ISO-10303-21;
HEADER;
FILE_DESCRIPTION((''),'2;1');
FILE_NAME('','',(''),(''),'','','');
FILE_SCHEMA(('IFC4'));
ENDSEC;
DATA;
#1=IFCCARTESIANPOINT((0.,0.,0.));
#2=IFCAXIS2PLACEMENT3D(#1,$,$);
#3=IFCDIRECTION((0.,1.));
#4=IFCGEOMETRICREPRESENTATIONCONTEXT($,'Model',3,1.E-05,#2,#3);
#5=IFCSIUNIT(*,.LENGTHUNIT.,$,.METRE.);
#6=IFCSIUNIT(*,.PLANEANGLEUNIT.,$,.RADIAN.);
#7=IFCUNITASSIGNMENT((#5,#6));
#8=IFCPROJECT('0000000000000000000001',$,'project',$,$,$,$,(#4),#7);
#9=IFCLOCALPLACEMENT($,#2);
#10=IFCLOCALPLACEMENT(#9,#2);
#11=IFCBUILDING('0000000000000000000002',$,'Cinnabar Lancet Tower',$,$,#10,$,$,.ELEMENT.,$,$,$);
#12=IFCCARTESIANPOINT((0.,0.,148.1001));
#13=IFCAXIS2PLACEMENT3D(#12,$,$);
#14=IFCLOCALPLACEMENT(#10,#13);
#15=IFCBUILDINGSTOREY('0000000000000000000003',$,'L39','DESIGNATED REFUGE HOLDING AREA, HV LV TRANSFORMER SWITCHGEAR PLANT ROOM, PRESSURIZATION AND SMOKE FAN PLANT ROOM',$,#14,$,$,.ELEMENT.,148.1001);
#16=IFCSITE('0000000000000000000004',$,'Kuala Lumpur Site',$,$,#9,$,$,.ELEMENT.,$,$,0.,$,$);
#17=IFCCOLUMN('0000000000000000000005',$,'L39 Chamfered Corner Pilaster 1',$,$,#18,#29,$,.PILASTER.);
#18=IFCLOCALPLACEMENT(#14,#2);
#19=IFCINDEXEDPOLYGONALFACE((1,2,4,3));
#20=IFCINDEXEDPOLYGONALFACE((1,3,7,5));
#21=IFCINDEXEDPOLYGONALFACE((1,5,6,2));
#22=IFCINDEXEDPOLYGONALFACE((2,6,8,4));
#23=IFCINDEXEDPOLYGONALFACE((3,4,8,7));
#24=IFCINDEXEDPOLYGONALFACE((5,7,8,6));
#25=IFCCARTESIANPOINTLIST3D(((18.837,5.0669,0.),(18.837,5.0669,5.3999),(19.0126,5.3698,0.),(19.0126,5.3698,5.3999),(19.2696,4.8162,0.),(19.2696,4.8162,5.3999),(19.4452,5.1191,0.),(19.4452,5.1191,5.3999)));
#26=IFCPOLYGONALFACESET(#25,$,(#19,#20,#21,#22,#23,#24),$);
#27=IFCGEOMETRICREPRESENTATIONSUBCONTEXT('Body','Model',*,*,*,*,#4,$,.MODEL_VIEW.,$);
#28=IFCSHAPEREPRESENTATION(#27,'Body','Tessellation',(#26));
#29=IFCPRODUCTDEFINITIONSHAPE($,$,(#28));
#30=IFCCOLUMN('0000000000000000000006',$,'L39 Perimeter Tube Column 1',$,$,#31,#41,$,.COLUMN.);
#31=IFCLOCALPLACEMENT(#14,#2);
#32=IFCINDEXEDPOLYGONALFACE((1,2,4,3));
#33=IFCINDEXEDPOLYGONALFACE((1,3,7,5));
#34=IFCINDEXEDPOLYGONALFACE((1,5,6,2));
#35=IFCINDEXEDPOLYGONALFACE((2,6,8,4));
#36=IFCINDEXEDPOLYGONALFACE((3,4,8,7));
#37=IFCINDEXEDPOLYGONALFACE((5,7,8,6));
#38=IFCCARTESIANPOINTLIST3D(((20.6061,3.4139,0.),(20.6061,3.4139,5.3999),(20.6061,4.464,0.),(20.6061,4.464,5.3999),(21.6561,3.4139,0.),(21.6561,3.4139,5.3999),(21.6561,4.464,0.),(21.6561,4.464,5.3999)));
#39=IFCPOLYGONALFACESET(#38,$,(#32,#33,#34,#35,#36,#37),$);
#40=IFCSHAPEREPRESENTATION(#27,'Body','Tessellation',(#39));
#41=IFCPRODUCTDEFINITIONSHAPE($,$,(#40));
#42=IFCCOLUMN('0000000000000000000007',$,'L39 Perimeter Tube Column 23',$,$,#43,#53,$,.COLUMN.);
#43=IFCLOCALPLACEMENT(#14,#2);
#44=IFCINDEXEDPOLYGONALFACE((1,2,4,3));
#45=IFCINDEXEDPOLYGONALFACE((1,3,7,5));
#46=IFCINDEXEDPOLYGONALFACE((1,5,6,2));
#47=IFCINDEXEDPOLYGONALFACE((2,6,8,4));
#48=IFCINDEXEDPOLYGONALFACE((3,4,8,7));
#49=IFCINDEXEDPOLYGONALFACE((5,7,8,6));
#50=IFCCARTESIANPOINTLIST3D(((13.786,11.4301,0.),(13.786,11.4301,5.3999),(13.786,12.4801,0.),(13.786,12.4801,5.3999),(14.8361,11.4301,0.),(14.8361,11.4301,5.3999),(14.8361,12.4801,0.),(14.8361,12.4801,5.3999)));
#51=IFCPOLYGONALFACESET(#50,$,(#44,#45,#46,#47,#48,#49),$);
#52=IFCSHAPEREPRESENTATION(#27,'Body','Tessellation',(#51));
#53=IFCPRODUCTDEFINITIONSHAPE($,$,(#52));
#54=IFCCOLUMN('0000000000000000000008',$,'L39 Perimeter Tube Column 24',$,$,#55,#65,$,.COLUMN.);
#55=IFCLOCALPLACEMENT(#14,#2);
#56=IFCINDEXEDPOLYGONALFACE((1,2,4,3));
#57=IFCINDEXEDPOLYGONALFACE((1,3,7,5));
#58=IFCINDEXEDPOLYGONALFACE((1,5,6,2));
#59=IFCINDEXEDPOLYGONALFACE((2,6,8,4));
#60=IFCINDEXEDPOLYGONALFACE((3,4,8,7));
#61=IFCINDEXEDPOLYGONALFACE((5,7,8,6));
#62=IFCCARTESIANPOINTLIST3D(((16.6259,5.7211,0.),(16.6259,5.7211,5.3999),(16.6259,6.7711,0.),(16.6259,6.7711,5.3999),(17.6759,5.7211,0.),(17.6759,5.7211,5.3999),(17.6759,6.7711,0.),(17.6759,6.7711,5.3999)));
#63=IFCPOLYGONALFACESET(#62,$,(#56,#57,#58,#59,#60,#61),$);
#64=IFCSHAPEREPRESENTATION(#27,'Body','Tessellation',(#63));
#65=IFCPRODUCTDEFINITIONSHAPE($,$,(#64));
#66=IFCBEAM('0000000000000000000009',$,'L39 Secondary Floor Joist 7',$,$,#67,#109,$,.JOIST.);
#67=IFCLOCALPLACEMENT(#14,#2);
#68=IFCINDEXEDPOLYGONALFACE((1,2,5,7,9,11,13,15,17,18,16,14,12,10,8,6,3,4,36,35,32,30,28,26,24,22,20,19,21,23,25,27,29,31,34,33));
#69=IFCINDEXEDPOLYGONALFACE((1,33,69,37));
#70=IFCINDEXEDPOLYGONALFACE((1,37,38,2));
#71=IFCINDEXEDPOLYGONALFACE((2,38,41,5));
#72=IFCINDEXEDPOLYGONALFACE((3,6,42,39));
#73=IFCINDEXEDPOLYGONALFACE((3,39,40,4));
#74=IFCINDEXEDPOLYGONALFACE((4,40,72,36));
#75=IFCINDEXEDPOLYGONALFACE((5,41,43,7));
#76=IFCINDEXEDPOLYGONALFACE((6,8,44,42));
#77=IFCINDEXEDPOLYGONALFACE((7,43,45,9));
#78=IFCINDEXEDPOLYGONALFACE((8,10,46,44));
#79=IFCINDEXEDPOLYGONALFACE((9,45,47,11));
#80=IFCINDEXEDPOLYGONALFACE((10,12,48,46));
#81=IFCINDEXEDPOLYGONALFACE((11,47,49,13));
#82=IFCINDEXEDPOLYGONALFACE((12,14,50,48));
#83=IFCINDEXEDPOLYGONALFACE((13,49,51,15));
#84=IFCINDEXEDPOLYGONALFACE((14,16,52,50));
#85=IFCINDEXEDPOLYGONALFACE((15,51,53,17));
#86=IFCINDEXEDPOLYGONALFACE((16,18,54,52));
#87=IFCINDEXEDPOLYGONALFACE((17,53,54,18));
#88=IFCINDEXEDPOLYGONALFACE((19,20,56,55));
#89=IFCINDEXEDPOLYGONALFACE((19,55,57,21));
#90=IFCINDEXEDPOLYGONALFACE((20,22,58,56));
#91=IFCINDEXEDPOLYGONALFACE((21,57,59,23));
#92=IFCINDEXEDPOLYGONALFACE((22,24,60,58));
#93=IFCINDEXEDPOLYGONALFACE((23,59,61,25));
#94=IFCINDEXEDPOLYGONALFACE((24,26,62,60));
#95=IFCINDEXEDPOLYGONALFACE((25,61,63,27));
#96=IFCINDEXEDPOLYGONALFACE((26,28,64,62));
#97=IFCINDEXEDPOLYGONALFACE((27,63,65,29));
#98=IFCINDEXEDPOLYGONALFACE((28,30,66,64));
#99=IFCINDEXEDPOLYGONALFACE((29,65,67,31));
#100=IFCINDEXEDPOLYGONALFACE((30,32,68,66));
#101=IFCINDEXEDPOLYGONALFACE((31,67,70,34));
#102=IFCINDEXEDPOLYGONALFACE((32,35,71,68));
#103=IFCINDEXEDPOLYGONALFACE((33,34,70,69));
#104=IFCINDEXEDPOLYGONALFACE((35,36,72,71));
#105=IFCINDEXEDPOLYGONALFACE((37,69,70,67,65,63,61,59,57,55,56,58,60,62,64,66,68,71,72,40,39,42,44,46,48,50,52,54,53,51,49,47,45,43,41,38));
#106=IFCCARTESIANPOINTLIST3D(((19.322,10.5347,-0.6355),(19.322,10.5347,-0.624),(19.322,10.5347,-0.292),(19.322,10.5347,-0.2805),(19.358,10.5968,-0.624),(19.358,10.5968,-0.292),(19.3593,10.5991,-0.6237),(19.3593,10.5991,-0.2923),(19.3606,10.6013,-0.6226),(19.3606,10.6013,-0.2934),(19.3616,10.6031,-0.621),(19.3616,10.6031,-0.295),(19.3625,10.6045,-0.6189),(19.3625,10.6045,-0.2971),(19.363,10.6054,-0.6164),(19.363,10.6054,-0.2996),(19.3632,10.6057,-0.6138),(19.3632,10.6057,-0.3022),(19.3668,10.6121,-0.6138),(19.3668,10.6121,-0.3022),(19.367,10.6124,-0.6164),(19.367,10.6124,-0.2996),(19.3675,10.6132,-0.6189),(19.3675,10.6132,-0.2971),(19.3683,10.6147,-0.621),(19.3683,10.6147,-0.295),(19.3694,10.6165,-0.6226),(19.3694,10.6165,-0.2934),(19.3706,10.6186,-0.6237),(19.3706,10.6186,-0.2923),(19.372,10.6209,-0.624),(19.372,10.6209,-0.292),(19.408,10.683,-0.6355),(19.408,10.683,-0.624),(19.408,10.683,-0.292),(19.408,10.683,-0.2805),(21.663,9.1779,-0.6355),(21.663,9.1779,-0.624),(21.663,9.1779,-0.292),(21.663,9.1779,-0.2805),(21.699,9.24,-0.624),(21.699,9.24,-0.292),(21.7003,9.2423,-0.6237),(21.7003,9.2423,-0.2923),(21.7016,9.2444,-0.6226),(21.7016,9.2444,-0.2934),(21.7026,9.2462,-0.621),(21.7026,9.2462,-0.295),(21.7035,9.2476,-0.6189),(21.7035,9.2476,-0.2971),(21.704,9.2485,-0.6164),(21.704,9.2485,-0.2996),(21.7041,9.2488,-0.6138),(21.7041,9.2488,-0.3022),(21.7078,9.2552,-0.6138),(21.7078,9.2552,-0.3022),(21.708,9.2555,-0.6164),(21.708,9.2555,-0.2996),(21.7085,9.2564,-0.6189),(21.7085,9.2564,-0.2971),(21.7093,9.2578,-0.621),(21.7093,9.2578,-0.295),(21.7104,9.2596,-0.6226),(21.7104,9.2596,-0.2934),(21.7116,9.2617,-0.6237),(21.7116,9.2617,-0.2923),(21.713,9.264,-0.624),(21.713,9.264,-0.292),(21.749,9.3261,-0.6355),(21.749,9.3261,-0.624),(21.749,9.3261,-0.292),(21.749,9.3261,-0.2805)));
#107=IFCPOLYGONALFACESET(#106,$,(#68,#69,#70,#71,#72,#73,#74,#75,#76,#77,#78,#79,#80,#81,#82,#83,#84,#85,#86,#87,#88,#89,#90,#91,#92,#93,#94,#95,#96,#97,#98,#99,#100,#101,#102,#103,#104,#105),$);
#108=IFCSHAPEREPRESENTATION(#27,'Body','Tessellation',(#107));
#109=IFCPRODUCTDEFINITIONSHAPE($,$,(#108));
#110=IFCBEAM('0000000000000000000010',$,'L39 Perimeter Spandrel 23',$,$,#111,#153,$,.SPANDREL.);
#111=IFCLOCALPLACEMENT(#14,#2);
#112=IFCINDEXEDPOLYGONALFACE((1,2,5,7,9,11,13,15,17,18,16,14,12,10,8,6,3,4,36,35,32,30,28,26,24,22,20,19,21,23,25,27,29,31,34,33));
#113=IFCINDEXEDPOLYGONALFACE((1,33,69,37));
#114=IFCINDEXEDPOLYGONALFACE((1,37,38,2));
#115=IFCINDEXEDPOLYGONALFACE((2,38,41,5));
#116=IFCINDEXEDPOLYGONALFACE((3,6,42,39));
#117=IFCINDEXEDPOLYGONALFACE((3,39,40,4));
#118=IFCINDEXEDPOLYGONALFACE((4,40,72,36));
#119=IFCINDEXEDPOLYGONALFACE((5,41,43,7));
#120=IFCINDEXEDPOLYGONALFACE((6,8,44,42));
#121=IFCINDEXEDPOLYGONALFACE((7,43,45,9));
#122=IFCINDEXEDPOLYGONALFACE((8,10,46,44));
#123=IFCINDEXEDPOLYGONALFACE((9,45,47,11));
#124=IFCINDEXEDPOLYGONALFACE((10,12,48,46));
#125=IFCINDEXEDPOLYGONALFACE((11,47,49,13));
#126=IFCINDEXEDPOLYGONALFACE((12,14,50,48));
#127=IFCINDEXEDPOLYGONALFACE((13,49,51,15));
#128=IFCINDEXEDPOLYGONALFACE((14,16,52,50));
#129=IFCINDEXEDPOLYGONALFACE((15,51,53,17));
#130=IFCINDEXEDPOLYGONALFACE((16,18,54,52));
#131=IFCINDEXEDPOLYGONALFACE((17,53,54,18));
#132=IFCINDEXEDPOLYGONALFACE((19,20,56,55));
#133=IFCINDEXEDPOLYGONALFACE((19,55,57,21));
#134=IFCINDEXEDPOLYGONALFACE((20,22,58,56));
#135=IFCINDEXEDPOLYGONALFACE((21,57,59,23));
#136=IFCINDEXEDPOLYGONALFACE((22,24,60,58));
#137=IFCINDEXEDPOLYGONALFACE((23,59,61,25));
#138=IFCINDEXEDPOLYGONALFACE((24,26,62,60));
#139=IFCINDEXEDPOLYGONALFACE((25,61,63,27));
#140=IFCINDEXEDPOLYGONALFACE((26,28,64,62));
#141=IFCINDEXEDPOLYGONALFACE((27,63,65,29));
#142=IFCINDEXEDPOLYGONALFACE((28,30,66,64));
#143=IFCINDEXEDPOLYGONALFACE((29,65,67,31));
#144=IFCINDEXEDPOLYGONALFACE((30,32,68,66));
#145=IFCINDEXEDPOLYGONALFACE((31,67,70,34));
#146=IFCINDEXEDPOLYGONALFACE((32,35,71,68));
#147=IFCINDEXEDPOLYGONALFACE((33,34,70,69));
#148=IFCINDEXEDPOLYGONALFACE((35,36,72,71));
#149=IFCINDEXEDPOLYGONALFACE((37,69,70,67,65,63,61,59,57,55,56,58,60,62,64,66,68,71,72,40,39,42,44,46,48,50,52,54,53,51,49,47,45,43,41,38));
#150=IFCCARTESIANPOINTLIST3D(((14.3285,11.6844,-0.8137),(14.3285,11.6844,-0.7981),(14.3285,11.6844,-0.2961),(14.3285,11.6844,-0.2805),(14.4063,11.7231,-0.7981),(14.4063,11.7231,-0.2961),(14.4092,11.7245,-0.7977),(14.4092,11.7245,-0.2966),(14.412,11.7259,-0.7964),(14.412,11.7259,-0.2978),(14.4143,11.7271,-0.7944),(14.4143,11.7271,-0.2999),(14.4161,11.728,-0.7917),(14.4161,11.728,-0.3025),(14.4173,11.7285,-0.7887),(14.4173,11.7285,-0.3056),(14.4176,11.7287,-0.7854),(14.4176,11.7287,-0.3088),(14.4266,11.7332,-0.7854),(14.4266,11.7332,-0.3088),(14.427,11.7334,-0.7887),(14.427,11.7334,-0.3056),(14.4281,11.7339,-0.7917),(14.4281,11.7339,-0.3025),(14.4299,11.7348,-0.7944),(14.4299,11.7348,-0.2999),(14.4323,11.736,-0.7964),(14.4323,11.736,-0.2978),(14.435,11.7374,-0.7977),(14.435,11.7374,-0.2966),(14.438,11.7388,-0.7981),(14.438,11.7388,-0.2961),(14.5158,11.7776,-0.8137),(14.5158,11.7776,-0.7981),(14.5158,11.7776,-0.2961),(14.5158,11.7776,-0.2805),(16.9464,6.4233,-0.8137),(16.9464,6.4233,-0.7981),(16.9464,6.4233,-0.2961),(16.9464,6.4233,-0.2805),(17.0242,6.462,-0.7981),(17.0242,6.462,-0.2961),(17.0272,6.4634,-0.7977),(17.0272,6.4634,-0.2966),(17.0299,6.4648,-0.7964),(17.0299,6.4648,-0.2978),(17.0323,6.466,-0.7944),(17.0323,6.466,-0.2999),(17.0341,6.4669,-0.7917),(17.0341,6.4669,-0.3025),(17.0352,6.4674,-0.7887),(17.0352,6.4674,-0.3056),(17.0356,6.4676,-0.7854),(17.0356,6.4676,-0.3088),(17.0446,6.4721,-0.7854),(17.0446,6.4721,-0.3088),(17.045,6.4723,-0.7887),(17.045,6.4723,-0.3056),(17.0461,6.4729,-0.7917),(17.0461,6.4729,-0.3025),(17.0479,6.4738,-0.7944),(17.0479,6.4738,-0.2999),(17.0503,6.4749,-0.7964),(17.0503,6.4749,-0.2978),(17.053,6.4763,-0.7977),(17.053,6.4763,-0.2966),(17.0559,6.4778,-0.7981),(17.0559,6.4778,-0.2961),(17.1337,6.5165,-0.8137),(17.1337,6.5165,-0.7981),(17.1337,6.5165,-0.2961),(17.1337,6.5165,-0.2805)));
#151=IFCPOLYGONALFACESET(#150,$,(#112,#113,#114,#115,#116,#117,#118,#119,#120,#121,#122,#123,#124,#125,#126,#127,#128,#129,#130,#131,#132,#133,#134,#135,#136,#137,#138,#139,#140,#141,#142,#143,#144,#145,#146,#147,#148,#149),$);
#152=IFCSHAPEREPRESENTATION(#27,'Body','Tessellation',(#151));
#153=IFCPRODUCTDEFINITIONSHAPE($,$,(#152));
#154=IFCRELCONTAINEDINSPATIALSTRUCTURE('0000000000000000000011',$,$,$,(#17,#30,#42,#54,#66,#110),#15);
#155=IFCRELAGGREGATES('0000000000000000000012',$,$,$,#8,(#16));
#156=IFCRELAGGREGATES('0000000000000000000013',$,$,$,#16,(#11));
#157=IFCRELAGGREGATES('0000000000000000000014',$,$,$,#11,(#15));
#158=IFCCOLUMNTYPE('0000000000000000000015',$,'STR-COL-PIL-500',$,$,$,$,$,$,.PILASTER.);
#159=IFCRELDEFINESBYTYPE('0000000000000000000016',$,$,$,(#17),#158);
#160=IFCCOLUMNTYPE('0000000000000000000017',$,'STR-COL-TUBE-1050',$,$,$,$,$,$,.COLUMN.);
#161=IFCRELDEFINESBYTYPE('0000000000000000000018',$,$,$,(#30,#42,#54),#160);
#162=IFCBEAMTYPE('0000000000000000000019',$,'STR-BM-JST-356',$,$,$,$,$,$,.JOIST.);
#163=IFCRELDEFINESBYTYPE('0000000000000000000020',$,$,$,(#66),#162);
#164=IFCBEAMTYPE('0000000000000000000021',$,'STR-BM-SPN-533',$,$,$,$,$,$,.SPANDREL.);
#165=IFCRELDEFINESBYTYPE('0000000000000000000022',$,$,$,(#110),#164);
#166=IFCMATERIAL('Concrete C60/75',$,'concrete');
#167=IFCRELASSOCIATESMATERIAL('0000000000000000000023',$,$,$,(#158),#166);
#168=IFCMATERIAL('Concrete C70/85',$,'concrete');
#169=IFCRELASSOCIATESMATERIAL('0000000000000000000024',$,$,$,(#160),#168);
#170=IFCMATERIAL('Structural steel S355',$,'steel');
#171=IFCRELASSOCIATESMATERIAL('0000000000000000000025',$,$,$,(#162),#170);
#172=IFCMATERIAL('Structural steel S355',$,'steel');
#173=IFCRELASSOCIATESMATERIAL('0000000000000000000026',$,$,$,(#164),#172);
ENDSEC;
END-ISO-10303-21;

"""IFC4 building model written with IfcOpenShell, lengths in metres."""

from ifc_helpers import new_model, si_unit, direction, frame, origin, origin_2d, place, context, subcontext, project, spatial, rectangle, i_section, extrude, material, material_profile, profile_set, type_object, element, save


model = new_model("IFC4")

# Units and contexts
model_context = context("Model", 3, precision=1e-05, world=origin(), true_north=direction((0.0, 1.0)))
body_context = subcontext(model_context, "Body", "Model", "MODEL_VIEW")
ifc_project = project(units=[si_unit("LENGTHUNIT", "METRE"), si_unit("PLANEANGLEUNIT", "RADIAN")], contexts=[model_context])

# Site, building, storey
site_placement = place(None, origin())
site = spatial("IfcSite", under=ifc_project, at=site_placement, Name="Kuala Lumpur Site", CompositionType="ELEMENT", RefElevation=0.0)
building_placement = place(site_placement, origin())
building = spatial("IfcBuilding", under=site, at=building_placement, Name="Cinnabar Lancet Tower", CompositionType="ELEMENT")
storey_placement = place(building_placement, frame((0.0, 0.0, 148.1001)))
storey = spatial("IfcBuildingStorey", under=building, at=storey_placement, Name="L39", Description="DESIGNATED REFUGE HOLDING AREA, HV LV TRANSFORMER SWITCHGEAR PLANT ROOM, PRESSURIZATION AND SMOKE FAN PLANT ROOM", CompositionType="ELEMENT", Elevation=148.1001)

# Columns
ifc_material_1 = material(Name="Concrete C60/75", Category="concrete")
ifc_material_profile_1 = material_profile(ifc_material_1, rectangle(XDim=0.5, YDim=0.3501, at=origin_2d()), Name="RC-PIL 500x350")
ifc_profile_set_1 = profile_set([ifc_material_profile_1], Name="Concrete C60/75")
column_type_1 = type_object("IfcColumnType", Name="STR-COL-PIL-500", PredefinedType="PILASTER", material=ifc_profile_set_1)
column_placement = place(storey_placement, frame((19.1411, 5.093, 0.0), z_axis=(0.0, 0.0, 1.0), x_axis=(0.86516, -0.501496, 0.0)))
element("IfcColumn", 1, at=column_placement, inside=storey, type_object=column_type_1, Name="L39 Chamfered Corner Pilaster 1", PredefinedType="PILASTER", context=body_context, shape_type="SweptSolid", body=[
    extrude(rectangle(XDim=0.5, YDim=0.3501, at=origin_2d()), origin(), (0.0, 0.0, 1.0), 5.3999),
])
ifc_material_2 = material(Name="Concrete C70/85", Category="concrete")
ifc_material_profile_2 = material_profile(ifc_material_2, rectangle(XDim=1.05, YDim=1.05, at=origin_2d()), Name="RC-COL 1050x1050")
ifc_profile_set_2 = profile_set([ifc_material_profile_2], Name="Concrete C70/85")
column_type_2 = type_object("IfcColumnType", Name="STR-COL-TUBE-1050", PredefinedType="COLUMN", material=ifc_profile_set_2)
for number, where, z_axis, x_axis, name in (
    (2, (21.1311, 3.939, 0.0), (0.0, 0.0, 1.0), (1.0, 0.0, 0.0), "L39 Perimeter Tube Column 1"),
    (3, (14.311, 11.9551, 0.0), (0.0, 0.0, 1.0), (1.0, 0.0, 0.0), "L39 Perimeter Tube Column 23"),
    (4, (17.1509, 6.2461, 0.0), (0.0, 0.0, 1.0), (1.0, 0.0, 0.0), "L39 Perimeter Tube Column 24"),
):
    element("IfcColumn", number, at=place(storey_placement, frame(where, z_axis=z_axis, x_axis=x_axis)), inside=storey, type_object=column_type_2, Name=name, PredefinedType="COLUMN", context=body_context, shape_type="SweptSolid", body=[
        extrude(rectangle(XDim=1.05, YDim=1.05, at=origin_2d()), origin(), (0.0, 0.0, 1.0), 5.3999),
    ])

# Beams
ifc_material_3 = material(Name="Structural steel S355", Category="steel")
ifc_material_profile_3 = material_profile(ifc_material_3, i_section(OverallWidth=0.1714, OverallDepth=0.355, WebThickness=0.0073, FlangeThickness=0.0115, FilletRadius=0.0103, at=origin_2d()), Name="UKB 356x171x51")
ifc_profile_set_3 = profile_set([ifc_material_profile_3], Name="Structural steel S355")
beam_type_1 = type_object("IfcBeamType", Name="STR-BM-JST-356", PredefinedType="JOIST", material=ifc_profile_set_3)
beam_1_placement = place(storey_placement, frame((19.365, 10.6089, -0.458), z_axis=(0.865173, -0.501474, 0.0), x_axis=(0.501474, 0.865173, 0.0)))
element("IfcBeam", 5, at=beam_1_placement, inside=storey, type_object=beam_type_1, Name="L39 Secondary Floor Joist 7", PredefinedType="JOIST", context=body_context, shape_type="SweptSolid", body=[
    extrude(i_section(OverallWidth=0.1714, OverallDepth=0.355, WebThickness=0.0073, FlangeThickness=0.0115, FilletRadius=0.0103, at=origin_2d()), origin(), (0.0, 0.0, 1.0), 2.7058),
])
ifc_material_4 = material(Name="Structural steel S355", Category="steel")
ifc_material_profile_4 = material_profile(ifc_material_4, i_section(OverallWidth=0.2092, OverallDepth=0.5332, WebThickness=0.01, FlangeThickness=0.0156, FilletRadius=0.0127, at=origin_2d()), Name="UKB 533x210x92")
ifc_profile_set_4 = profile_set([ifc_material_profile_4], Name="Structural steel S355")
beam_type_2 = type_object("IfcBeamType", Name="STR-BM-SPN-533", PredefinedType="SPANDREL", material=ifc_profile_set_4)
beam_2_placement = place(storey_placement, frame((14.4221, 11.731, -0.5471), z_axis=(0.445501, -0.895281, 0.0), x_axis=(0.895281, 0.445501, 0.0)))
element("IfcBeam", 6, at=beam_2_placement, inside=storey, type_object=beam_type_2, Name="L39 Perimeter Spandrel 23", PredefinedType="SPANDREL", context=body_context, shape_type="SweptSolid", body=[
    extrude(i_section(OverallWidth=0.2092, OverallDepth=0.5332, WebThickness=0.01, FlangeThickness=0.0156, FilletRadius=0.0127, at=origin_2d()), origin(), (0.0, 0.0, 1.0), 5.8765),
])

save(model, "model.ifc")
